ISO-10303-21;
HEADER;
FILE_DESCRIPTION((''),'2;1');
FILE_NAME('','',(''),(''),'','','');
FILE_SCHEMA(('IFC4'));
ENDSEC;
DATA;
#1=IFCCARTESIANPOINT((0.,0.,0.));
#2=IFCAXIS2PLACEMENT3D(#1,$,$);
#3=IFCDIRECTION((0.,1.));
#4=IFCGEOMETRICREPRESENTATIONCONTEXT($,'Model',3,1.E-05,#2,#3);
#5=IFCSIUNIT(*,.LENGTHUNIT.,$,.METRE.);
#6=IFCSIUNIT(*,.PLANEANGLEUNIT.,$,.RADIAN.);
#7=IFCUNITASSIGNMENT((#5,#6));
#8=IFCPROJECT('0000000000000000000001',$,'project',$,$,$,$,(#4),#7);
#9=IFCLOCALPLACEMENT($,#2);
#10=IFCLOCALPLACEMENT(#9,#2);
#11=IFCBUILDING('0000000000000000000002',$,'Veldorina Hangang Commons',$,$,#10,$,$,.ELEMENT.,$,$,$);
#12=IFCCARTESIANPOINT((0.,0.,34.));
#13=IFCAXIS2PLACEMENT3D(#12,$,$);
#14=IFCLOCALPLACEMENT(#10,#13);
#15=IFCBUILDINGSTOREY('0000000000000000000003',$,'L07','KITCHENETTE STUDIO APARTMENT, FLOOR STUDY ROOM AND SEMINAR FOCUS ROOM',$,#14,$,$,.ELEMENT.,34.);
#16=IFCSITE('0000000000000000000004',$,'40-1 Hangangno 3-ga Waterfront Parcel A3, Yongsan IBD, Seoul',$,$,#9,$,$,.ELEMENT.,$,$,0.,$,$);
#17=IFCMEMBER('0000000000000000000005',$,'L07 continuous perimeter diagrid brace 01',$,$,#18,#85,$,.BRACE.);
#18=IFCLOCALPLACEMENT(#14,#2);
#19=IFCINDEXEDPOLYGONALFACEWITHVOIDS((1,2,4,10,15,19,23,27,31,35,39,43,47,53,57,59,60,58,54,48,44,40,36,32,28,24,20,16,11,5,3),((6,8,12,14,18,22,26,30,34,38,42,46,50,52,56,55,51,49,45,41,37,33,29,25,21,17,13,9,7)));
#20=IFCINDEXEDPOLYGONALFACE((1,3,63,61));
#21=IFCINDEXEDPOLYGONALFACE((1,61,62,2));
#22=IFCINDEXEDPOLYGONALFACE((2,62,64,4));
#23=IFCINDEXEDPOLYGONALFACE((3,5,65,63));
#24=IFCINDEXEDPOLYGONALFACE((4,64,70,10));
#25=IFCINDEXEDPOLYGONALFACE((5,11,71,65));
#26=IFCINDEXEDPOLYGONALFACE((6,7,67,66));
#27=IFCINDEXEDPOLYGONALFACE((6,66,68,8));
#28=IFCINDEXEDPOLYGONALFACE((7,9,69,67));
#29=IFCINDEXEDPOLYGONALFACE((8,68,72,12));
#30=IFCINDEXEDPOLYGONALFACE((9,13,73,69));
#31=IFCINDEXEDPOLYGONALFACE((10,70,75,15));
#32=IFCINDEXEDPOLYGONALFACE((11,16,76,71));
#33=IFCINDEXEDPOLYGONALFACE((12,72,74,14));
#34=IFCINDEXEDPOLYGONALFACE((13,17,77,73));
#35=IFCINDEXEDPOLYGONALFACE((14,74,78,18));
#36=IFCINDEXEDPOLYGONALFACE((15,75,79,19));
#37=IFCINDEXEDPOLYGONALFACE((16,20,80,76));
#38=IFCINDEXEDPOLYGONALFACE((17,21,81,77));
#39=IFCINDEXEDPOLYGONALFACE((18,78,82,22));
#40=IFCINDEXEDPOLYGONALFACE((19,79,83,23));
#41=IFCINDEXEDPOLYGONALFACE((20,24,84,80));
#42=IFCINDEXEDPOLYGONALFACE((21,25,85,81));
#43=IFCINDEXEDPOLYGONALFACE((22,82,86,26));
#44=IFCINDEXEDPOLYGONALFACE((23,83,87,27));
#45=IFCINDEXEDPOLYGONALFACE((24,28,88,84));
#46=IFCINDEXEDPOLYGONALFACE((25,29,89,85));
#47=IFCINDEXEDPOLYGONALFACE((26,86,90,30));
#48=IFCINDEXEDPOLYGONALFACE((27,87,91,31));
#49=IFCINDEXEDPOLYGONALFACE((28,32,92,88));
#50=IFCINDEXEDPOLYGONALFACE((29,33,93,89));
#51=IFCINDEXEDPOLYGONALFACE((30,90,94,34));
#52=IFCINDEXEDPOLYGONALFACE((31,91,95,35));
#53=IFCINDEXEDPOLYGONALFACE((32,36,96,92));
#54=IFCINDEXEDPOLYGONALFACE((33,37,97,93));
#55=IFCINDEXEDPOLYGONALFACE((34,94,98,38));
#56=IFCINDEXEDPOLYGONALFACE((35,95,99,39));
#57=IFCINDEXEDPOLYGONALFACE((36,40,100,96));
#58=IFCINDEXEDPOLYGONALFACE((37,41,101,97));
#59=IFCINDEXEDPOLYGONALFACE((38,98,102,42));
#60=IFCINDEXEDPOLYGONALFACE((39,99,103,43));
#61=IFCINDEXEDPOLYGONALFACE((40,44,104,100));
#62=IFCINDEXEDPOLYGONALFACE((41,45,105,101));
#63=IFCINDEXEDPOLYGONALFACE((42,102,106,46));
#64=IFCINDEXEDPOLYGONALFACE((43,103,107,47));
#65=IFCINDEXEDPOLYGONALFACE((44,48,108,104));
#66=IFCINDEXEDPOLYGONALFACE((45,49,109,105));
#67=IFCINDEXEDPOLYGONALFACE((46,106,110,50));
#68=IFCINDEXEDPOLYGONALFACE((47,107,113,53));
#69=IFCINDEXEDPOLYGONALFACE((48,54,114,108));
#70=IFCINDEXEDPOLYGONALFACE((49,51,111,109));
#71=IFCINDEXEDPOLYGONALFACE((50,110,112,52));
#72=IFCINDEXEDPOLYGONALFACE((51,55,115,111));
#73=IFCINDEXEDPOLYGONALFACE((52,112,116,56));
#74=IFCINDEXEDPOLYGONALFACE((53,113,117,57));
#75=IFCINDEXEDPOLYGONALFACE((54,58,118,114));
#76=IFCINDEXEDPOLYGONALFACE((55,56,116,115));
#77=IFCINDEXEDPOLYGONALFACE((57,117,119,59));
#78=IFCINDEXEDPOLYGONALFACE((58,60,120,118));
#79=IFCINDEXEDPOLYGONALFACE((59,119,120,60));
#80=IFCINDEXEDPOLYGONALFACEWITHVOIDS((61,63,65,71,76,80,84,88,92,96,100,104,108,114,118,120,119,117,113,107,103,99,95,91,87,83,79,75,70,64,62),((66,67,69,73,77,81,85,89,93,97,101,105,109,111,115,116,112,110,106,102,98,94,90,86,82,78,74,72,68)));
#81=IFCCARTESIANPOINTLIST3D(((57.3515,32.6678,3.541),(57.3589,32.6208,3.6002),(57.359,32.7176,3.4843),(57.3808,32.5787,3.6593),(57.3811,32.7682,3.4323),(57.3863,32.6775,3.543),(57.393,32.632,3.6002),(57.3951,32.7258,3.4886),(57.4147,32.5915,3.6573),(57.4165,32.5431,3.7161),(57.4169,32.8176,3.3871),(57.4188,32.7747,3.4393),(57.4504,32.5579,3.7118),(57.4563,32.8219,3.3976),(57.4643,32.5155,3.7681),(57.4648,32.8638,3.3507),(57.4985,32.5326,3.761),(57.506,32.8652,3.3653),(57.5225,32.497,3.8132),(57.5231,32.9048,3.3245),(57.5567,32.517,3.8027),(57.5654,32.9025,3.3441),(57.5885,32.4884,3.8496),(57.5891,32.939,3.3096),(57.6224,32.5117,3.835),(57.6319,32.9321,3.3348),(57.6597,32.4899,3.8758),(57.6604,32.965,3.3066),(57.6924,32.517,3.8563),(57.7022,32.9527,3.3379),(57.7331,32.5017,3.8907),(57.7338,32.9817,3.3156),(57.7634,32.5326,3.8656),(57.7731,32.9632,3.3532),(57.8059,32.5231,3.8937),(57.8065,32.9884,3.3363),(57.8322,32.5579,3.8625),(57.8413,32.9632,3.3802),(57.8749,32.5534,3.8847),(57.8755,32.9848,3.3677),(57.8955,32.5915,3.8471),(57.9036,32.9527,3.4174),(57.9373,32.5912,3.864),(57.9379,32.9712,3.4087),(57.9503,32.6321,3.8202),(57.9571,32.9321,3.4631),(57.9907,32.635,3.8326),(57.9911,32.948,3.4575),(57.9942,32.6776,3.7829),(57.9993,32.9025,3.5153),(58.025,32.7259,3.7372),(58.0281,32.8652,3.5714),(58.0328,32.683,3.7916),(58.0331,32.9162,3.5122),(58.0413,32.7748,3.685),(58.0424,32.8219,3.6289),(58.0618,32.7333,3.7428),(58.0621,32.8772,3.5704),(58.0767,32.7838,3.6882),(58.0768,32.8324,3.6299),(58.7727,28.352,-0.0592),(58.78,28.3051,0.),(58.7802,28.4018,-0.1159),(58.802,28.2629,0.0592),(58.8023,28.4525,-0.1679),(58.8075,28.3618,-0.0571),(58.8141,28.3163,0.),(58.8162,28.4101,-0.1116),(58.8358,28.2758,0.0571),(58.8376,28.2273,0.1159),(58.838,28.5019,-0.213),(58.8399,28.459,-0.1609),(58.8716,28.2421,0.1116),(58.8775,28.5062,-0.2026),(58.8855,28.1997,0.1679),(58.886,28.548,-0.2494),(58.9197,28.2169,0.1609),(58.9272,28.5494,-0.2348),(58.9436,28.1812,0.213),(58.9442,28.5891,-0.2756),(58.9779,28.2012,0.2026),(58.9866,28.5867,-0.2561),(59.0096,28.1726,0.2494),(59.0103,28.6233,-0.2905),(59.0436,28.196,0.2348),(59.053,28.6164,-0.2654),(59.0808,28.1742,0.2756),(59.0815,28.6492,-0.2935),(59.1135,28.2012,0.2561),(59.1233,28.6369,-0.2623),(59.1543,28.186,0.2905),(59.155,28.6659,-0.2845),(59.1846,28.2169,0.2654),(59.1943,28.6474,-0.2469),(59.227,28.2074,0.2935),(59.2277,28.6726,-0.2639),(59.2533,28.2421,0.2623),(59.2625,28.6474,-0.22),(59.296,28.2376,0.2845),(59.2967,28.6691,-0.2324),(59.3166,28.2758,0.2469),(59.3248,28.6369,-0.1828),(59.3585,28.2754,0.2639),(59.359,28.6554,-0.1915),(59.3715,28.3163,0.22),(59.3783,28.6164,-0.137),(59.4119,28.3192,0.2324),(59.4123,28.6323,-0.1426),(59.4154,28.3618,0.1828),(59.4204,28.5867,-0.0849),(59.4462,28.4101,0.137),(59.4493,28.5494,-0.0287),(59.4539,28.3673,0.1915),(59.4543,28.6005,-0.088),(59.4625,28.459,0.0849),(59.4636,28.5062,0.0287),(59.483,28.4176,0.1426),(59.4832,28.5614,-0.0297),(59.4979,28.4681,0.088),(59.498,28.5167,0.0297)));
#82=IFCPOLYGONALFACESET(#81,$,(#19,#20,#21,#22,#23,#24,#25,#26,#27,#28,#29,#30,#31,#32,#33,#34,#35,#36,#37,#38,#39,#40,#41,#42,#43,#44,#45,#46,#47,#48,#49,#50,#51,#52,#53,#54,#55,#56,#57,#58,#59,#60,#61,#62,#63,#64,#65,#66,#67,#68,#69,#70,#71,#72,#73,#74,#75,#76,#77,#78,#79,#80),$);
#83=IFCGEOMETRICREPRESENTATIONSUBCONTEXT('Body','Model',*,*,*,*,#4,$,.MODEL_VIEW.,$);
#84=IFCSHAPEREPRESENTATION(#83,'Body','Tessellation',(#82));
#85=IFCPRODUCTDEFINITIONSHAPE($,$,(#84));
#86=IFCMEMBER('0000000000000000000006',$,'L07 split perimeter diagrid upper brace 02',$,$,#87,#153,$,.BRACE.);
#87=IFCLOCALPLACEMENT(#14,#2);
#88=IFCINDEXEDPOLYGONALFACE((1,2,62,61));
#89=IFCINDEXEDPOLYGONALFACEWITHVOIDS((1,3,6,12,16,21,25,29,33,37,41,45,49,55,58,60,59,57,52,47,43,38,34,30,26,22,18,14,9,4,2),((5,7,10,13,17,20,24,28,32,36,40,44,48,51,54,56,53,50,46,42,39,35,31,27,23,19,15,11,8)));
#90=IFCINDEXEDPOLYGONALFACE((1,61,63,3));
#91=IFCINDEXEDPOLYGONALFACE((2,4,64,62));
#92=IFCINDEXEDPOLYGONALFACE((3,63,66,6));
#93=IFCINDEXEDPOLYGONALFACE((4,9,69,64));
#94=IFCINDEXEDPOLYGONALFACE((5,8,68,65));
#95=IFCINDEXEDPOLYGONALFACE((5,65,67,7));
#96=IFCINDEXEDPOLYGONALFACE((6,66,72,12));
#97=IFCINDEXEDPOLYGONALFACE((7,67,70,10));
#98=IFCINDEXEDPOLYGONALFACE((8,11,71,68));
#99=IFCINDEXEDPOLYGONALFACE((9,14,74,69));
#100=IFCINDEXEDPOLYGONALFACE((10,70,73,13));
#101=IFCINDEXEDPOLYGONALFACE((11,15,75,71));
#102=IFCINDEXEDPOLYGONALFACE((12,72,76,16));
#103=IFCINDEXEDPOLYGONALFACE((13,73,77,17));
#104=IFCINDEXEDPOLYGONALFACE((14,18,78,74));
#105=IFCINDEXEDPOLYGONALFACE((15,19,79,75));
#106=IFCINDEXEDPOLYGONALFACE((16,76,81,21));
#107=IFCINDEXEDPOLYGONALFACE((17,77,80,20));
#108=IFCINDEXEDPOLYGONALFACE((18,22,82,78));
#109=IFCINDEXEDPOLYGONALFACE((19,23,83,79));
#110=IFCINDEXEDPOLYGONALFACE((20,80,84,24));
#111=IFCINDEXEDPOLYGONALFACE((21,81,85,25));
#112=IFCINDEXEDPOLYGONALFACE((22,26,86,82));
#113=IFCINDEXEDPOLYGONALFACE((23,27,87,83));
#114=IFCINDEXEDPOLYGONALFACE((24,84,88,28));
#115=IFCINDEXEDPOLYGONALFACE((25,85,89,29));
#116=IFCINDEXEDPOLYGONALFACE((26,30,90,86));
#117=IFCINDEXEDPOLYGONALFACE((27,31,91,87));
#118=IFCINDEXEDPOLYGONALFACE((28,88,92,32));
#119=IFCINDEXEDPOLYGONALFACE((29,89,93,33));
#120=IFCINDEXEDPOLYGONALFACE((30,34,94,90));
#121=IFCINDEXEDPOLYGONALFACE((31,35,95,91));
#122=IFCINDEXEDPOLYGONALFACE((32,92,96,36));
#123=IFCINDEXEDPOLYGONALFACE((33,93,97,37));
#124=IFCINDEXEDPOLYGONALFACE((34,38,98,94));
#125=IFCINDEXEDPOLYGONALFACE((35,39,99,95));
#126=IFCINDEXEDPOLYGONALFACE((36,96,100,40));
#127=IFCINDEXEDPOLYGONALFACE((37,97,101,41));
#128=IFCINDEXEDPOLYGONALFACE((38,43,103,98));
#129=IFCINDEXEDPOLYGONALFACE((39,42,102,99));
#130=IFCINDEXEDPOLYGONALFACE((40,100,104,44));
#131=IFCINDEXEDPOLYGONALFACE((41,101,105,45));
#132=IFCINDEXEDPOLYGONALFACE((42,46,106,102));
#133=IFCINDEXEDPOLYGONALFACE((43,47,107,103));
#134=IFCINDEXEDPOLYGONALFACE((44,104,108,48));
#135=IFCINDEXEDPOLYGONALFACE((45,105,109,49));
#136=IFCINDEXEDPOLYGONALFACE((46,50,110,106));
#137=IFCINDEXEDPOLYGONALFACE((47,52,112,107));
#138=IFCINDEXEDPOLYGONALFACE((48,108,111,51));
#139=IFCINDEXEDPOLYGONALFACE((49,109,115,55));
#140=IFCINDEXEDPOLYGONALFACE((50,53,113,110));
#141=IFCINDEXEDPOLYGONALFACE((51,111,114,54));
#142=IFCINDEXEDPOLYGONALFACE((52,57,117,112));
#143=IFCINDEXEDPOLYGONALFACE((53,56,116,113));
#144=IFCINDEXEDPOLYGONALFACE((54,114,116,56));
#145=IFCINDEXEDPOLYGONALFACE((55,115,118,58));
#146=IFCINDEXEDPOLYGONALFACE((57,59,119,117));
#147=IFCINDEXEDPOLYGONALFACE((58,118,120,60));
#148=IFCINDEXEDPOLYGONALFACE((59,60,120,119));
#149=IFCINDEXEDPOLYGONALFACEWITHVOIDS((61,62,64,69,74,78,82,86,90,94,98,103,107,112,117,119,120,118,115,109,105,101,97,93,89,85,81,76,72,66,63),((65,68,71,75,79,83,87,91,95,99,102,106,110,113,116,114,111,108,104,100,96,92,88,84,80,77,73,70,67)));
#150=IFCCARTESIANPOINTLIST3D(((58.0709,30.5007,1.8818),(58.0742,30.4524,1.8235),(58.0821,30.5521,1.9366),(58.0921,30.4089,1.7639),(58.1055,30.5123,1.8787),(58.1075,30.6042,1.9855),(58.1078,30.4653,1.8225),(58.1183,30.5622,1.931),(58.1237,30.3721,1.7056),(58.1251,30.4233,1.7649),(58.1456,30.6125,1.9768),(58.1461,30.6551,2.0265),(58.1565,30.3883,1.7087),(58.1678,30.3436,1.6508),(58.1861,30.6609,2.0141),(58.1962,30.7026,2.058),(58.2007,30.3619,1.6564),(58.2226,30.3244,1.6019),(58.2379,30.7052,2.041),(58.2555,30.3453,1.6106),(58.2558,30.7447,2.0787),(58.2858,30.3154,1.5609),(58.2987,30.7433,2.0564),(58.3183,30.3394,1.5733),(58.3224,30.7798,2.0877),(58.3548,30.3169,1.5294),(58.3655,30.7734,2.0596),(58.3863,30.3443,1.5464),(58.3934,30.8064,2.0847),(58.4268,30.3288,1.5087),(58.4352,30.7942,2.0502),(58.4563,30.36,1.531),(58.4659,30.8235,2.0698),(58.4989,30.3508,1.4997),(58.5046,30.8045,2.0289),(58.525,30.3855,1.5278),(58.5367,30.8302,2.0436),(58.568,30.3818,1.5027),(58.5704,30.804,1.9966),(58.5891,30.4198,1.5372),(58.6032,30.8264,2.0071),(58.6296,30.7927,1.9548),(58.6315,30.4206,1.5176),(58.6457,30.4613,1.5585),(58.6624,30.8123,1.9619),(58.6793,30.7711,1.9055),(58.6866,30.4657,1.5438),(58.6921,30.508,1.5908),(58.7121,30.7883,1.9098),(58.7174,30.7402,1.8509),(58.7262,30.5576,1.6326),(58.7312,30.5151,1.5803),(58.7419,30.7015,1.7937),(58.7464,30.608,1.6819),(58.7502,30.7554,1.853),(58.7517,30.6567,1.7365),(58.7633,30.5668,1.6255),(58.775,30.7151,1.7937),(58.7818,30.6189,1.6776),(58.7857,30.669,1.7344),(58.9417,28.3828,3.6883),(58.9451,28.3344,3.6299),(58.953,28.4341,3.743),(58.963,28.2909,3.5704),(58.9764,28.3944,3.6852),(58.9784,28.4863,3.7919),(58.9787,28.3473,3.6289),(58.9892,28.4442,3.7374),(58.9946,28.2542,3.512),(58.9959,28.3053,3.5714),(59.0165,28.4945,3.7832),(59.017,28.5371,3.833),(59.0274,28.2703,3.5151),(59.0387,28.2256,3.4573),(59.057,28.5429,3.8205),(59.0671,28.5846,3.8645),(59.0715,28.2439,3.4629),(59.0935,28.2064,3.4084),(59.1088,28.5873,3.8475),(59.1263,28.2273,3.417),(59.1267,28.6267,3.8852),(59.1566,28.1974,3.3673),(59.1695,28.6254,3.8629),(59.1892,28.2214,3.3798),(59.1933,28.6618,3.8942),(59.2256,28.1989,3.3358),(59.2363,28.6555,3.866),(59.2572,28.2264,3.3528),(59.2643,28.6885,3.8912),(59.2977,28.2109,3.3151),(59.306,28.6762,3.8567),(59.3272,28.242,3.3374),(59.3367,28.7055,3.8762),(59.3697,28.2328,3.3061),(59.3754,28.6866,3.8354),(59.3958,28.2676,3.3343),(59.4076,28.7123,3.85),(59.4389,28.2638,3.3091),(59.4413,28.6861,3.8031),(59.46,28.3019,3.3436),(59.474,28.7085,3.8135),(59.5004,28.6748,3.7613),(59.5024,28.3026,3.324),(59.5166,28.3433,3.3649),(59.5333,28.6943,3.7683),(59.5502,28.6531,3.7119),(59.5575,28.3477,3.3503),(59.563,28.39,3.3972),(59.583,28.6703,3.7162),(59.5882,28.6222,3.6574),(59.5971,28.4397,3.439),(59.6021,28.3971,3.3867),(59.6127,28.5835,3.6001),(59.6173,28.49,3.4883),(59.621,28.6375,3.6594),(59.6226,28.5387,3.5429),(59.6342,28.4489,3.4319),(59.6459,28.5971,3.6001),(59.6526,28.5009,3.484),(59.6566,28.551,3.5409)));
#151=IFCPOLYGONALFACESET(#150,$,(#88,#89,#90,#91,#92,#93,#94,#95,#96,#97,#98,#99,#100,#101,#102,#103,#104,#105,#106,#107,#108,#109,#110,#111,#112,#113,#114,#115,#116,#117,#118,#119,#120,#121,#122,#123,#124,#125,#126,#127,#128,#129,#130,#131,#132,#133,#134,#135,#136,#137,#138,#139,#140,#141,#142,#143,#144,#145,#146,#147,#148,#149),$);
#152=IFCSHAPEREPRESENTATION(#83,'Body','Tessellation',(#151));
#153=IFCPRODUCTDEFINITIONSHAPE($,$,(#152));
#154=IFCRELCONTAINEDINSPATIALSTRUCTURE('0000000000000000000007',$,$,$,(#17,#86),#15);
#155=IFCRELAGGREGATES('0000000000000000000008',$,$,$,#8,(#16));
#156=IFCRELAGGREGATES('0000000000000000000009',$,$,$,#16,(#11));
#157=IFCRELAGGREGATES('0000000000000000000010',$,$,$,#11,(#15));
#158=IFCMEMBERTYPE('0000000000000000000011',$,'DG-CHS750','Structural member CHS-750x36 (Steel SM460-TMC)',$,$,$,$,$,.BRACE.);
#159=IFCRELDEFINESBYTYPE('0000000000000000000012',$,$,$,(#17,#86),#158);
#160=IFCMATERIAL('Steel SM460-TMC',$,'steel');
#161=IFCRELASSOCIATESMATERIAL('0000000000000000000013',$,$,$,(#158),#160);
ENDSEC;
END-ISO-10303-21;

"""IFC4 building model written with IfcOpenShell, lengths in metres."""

from ifc_helpers import new_model, si_unit, direction, frame, origin, origin_2d, place, context, subcontext, project, spatial, hollow_circle, extrude, material, material_profile, profile_set, type_object, element, save


model = new_model("IFC4")

# Units and contexts
model_context = context("Model", 3, precision=1e-05, world=origin(), true_north=direction((0.0, 1.0)))
body_context = subcontext(model_context, "Body", "Model", "MODEL_VIEW")
ifc_project = project(units=[si_unit("LENGTHUNIT", "METRE"), si_unit("PLANEANGLEUNIT", "RADIAN")], contexts=[model_context])

# Site, building, storey
site_placement = place(None, origin())
site = spatial("IfcSite", under=ifc_project, at=site_placement, Name="40-1 Hangangno 3-ga Waterfront Parcel A3, Yongsan IBD, Seoul", CompositionType="ELEMENT", RefElevation=0.0)
building_placement = place(site_placement, origin())
building = spatial("IfcBuilding", under=site, at=building_placement, Name="Veldorina Hangang Commons", CompositionType="ELEMENT")
storey_placement = place(building_placement, frame((0.0, 0.0, 34.0)))
storey = spatial("IfcBuildingStorey", under=building, at=storey_placement, Name="L07", Description="KITCHENETTE STUDIO APARTMENT, FLOOR STUDY ROOM AND SEMINAR FOCUS ROOM", CompositionType="ELEMENT", Elevation=34.0)

# Shared definitions
ifc_material_1 = material(Name="Steel SM460-TMC", Category="steel")

# Members
ifc_material_profile_1 = material_profile(ifc_material_1, hollow_circle(Radius=0.375, WallThickness=0.0359, at=origin_2d()), Name="CHS-750x36")
ifc_profile_set_1 = profile_set([ifc_material_profile_1], Name="Steel SM460-TMC")
member_type = type_object("IfcMemberType", Name="DG-CHS750", Description="Structural member CHS-750x36 (Steel SM460-TMC)", PredefinedType="BRACE", material=ifc_profile_set_1)
member_1_placement = place(storey_placement, frame((59.1362, 28.4224, 0.0), z_axis=(-0.245151, 0.744465, 0.621026), x_axis=(-0.949827, -0.312776, 0.0)))
element("IfcMember", 1, at=member_1_placement, inside=storey, type_object=member_type, Name="L07 continuous perimeter diagrid brace 01", PredefinedType="BRACE", context=body_context, shape_type="SweptSolid", body=[
    extrude(hollow_circle(Radius=0.375, WallThickness=0.0359, at=origin_2d()), origin(), (0.0, 0.0, 1.0), 5.7971),
])
member_2_placement = place(storey_placement, frame((58.4282, 30.5725, 1.7937), z_axis=(0.298575, -0.72614, 0.619333), x_axis=(0.924868, 0.380289, 0.0)))
element("IfcMember", 2, at=member_2_placement, inside=storey, type_object=member_type, Name="L07 split perimeter diagrid upper brace 02", PredefinedType="BRACE", context=body_context, shape_type="SweptSolid", body=[
    extrude(hollow_circle(Radius=0.375, WallThickness=0.0359, at=origin_2d()), origin(), (0.0, 0.0, 1.0), 2.9167),
])

save(model, "model.ifc")
